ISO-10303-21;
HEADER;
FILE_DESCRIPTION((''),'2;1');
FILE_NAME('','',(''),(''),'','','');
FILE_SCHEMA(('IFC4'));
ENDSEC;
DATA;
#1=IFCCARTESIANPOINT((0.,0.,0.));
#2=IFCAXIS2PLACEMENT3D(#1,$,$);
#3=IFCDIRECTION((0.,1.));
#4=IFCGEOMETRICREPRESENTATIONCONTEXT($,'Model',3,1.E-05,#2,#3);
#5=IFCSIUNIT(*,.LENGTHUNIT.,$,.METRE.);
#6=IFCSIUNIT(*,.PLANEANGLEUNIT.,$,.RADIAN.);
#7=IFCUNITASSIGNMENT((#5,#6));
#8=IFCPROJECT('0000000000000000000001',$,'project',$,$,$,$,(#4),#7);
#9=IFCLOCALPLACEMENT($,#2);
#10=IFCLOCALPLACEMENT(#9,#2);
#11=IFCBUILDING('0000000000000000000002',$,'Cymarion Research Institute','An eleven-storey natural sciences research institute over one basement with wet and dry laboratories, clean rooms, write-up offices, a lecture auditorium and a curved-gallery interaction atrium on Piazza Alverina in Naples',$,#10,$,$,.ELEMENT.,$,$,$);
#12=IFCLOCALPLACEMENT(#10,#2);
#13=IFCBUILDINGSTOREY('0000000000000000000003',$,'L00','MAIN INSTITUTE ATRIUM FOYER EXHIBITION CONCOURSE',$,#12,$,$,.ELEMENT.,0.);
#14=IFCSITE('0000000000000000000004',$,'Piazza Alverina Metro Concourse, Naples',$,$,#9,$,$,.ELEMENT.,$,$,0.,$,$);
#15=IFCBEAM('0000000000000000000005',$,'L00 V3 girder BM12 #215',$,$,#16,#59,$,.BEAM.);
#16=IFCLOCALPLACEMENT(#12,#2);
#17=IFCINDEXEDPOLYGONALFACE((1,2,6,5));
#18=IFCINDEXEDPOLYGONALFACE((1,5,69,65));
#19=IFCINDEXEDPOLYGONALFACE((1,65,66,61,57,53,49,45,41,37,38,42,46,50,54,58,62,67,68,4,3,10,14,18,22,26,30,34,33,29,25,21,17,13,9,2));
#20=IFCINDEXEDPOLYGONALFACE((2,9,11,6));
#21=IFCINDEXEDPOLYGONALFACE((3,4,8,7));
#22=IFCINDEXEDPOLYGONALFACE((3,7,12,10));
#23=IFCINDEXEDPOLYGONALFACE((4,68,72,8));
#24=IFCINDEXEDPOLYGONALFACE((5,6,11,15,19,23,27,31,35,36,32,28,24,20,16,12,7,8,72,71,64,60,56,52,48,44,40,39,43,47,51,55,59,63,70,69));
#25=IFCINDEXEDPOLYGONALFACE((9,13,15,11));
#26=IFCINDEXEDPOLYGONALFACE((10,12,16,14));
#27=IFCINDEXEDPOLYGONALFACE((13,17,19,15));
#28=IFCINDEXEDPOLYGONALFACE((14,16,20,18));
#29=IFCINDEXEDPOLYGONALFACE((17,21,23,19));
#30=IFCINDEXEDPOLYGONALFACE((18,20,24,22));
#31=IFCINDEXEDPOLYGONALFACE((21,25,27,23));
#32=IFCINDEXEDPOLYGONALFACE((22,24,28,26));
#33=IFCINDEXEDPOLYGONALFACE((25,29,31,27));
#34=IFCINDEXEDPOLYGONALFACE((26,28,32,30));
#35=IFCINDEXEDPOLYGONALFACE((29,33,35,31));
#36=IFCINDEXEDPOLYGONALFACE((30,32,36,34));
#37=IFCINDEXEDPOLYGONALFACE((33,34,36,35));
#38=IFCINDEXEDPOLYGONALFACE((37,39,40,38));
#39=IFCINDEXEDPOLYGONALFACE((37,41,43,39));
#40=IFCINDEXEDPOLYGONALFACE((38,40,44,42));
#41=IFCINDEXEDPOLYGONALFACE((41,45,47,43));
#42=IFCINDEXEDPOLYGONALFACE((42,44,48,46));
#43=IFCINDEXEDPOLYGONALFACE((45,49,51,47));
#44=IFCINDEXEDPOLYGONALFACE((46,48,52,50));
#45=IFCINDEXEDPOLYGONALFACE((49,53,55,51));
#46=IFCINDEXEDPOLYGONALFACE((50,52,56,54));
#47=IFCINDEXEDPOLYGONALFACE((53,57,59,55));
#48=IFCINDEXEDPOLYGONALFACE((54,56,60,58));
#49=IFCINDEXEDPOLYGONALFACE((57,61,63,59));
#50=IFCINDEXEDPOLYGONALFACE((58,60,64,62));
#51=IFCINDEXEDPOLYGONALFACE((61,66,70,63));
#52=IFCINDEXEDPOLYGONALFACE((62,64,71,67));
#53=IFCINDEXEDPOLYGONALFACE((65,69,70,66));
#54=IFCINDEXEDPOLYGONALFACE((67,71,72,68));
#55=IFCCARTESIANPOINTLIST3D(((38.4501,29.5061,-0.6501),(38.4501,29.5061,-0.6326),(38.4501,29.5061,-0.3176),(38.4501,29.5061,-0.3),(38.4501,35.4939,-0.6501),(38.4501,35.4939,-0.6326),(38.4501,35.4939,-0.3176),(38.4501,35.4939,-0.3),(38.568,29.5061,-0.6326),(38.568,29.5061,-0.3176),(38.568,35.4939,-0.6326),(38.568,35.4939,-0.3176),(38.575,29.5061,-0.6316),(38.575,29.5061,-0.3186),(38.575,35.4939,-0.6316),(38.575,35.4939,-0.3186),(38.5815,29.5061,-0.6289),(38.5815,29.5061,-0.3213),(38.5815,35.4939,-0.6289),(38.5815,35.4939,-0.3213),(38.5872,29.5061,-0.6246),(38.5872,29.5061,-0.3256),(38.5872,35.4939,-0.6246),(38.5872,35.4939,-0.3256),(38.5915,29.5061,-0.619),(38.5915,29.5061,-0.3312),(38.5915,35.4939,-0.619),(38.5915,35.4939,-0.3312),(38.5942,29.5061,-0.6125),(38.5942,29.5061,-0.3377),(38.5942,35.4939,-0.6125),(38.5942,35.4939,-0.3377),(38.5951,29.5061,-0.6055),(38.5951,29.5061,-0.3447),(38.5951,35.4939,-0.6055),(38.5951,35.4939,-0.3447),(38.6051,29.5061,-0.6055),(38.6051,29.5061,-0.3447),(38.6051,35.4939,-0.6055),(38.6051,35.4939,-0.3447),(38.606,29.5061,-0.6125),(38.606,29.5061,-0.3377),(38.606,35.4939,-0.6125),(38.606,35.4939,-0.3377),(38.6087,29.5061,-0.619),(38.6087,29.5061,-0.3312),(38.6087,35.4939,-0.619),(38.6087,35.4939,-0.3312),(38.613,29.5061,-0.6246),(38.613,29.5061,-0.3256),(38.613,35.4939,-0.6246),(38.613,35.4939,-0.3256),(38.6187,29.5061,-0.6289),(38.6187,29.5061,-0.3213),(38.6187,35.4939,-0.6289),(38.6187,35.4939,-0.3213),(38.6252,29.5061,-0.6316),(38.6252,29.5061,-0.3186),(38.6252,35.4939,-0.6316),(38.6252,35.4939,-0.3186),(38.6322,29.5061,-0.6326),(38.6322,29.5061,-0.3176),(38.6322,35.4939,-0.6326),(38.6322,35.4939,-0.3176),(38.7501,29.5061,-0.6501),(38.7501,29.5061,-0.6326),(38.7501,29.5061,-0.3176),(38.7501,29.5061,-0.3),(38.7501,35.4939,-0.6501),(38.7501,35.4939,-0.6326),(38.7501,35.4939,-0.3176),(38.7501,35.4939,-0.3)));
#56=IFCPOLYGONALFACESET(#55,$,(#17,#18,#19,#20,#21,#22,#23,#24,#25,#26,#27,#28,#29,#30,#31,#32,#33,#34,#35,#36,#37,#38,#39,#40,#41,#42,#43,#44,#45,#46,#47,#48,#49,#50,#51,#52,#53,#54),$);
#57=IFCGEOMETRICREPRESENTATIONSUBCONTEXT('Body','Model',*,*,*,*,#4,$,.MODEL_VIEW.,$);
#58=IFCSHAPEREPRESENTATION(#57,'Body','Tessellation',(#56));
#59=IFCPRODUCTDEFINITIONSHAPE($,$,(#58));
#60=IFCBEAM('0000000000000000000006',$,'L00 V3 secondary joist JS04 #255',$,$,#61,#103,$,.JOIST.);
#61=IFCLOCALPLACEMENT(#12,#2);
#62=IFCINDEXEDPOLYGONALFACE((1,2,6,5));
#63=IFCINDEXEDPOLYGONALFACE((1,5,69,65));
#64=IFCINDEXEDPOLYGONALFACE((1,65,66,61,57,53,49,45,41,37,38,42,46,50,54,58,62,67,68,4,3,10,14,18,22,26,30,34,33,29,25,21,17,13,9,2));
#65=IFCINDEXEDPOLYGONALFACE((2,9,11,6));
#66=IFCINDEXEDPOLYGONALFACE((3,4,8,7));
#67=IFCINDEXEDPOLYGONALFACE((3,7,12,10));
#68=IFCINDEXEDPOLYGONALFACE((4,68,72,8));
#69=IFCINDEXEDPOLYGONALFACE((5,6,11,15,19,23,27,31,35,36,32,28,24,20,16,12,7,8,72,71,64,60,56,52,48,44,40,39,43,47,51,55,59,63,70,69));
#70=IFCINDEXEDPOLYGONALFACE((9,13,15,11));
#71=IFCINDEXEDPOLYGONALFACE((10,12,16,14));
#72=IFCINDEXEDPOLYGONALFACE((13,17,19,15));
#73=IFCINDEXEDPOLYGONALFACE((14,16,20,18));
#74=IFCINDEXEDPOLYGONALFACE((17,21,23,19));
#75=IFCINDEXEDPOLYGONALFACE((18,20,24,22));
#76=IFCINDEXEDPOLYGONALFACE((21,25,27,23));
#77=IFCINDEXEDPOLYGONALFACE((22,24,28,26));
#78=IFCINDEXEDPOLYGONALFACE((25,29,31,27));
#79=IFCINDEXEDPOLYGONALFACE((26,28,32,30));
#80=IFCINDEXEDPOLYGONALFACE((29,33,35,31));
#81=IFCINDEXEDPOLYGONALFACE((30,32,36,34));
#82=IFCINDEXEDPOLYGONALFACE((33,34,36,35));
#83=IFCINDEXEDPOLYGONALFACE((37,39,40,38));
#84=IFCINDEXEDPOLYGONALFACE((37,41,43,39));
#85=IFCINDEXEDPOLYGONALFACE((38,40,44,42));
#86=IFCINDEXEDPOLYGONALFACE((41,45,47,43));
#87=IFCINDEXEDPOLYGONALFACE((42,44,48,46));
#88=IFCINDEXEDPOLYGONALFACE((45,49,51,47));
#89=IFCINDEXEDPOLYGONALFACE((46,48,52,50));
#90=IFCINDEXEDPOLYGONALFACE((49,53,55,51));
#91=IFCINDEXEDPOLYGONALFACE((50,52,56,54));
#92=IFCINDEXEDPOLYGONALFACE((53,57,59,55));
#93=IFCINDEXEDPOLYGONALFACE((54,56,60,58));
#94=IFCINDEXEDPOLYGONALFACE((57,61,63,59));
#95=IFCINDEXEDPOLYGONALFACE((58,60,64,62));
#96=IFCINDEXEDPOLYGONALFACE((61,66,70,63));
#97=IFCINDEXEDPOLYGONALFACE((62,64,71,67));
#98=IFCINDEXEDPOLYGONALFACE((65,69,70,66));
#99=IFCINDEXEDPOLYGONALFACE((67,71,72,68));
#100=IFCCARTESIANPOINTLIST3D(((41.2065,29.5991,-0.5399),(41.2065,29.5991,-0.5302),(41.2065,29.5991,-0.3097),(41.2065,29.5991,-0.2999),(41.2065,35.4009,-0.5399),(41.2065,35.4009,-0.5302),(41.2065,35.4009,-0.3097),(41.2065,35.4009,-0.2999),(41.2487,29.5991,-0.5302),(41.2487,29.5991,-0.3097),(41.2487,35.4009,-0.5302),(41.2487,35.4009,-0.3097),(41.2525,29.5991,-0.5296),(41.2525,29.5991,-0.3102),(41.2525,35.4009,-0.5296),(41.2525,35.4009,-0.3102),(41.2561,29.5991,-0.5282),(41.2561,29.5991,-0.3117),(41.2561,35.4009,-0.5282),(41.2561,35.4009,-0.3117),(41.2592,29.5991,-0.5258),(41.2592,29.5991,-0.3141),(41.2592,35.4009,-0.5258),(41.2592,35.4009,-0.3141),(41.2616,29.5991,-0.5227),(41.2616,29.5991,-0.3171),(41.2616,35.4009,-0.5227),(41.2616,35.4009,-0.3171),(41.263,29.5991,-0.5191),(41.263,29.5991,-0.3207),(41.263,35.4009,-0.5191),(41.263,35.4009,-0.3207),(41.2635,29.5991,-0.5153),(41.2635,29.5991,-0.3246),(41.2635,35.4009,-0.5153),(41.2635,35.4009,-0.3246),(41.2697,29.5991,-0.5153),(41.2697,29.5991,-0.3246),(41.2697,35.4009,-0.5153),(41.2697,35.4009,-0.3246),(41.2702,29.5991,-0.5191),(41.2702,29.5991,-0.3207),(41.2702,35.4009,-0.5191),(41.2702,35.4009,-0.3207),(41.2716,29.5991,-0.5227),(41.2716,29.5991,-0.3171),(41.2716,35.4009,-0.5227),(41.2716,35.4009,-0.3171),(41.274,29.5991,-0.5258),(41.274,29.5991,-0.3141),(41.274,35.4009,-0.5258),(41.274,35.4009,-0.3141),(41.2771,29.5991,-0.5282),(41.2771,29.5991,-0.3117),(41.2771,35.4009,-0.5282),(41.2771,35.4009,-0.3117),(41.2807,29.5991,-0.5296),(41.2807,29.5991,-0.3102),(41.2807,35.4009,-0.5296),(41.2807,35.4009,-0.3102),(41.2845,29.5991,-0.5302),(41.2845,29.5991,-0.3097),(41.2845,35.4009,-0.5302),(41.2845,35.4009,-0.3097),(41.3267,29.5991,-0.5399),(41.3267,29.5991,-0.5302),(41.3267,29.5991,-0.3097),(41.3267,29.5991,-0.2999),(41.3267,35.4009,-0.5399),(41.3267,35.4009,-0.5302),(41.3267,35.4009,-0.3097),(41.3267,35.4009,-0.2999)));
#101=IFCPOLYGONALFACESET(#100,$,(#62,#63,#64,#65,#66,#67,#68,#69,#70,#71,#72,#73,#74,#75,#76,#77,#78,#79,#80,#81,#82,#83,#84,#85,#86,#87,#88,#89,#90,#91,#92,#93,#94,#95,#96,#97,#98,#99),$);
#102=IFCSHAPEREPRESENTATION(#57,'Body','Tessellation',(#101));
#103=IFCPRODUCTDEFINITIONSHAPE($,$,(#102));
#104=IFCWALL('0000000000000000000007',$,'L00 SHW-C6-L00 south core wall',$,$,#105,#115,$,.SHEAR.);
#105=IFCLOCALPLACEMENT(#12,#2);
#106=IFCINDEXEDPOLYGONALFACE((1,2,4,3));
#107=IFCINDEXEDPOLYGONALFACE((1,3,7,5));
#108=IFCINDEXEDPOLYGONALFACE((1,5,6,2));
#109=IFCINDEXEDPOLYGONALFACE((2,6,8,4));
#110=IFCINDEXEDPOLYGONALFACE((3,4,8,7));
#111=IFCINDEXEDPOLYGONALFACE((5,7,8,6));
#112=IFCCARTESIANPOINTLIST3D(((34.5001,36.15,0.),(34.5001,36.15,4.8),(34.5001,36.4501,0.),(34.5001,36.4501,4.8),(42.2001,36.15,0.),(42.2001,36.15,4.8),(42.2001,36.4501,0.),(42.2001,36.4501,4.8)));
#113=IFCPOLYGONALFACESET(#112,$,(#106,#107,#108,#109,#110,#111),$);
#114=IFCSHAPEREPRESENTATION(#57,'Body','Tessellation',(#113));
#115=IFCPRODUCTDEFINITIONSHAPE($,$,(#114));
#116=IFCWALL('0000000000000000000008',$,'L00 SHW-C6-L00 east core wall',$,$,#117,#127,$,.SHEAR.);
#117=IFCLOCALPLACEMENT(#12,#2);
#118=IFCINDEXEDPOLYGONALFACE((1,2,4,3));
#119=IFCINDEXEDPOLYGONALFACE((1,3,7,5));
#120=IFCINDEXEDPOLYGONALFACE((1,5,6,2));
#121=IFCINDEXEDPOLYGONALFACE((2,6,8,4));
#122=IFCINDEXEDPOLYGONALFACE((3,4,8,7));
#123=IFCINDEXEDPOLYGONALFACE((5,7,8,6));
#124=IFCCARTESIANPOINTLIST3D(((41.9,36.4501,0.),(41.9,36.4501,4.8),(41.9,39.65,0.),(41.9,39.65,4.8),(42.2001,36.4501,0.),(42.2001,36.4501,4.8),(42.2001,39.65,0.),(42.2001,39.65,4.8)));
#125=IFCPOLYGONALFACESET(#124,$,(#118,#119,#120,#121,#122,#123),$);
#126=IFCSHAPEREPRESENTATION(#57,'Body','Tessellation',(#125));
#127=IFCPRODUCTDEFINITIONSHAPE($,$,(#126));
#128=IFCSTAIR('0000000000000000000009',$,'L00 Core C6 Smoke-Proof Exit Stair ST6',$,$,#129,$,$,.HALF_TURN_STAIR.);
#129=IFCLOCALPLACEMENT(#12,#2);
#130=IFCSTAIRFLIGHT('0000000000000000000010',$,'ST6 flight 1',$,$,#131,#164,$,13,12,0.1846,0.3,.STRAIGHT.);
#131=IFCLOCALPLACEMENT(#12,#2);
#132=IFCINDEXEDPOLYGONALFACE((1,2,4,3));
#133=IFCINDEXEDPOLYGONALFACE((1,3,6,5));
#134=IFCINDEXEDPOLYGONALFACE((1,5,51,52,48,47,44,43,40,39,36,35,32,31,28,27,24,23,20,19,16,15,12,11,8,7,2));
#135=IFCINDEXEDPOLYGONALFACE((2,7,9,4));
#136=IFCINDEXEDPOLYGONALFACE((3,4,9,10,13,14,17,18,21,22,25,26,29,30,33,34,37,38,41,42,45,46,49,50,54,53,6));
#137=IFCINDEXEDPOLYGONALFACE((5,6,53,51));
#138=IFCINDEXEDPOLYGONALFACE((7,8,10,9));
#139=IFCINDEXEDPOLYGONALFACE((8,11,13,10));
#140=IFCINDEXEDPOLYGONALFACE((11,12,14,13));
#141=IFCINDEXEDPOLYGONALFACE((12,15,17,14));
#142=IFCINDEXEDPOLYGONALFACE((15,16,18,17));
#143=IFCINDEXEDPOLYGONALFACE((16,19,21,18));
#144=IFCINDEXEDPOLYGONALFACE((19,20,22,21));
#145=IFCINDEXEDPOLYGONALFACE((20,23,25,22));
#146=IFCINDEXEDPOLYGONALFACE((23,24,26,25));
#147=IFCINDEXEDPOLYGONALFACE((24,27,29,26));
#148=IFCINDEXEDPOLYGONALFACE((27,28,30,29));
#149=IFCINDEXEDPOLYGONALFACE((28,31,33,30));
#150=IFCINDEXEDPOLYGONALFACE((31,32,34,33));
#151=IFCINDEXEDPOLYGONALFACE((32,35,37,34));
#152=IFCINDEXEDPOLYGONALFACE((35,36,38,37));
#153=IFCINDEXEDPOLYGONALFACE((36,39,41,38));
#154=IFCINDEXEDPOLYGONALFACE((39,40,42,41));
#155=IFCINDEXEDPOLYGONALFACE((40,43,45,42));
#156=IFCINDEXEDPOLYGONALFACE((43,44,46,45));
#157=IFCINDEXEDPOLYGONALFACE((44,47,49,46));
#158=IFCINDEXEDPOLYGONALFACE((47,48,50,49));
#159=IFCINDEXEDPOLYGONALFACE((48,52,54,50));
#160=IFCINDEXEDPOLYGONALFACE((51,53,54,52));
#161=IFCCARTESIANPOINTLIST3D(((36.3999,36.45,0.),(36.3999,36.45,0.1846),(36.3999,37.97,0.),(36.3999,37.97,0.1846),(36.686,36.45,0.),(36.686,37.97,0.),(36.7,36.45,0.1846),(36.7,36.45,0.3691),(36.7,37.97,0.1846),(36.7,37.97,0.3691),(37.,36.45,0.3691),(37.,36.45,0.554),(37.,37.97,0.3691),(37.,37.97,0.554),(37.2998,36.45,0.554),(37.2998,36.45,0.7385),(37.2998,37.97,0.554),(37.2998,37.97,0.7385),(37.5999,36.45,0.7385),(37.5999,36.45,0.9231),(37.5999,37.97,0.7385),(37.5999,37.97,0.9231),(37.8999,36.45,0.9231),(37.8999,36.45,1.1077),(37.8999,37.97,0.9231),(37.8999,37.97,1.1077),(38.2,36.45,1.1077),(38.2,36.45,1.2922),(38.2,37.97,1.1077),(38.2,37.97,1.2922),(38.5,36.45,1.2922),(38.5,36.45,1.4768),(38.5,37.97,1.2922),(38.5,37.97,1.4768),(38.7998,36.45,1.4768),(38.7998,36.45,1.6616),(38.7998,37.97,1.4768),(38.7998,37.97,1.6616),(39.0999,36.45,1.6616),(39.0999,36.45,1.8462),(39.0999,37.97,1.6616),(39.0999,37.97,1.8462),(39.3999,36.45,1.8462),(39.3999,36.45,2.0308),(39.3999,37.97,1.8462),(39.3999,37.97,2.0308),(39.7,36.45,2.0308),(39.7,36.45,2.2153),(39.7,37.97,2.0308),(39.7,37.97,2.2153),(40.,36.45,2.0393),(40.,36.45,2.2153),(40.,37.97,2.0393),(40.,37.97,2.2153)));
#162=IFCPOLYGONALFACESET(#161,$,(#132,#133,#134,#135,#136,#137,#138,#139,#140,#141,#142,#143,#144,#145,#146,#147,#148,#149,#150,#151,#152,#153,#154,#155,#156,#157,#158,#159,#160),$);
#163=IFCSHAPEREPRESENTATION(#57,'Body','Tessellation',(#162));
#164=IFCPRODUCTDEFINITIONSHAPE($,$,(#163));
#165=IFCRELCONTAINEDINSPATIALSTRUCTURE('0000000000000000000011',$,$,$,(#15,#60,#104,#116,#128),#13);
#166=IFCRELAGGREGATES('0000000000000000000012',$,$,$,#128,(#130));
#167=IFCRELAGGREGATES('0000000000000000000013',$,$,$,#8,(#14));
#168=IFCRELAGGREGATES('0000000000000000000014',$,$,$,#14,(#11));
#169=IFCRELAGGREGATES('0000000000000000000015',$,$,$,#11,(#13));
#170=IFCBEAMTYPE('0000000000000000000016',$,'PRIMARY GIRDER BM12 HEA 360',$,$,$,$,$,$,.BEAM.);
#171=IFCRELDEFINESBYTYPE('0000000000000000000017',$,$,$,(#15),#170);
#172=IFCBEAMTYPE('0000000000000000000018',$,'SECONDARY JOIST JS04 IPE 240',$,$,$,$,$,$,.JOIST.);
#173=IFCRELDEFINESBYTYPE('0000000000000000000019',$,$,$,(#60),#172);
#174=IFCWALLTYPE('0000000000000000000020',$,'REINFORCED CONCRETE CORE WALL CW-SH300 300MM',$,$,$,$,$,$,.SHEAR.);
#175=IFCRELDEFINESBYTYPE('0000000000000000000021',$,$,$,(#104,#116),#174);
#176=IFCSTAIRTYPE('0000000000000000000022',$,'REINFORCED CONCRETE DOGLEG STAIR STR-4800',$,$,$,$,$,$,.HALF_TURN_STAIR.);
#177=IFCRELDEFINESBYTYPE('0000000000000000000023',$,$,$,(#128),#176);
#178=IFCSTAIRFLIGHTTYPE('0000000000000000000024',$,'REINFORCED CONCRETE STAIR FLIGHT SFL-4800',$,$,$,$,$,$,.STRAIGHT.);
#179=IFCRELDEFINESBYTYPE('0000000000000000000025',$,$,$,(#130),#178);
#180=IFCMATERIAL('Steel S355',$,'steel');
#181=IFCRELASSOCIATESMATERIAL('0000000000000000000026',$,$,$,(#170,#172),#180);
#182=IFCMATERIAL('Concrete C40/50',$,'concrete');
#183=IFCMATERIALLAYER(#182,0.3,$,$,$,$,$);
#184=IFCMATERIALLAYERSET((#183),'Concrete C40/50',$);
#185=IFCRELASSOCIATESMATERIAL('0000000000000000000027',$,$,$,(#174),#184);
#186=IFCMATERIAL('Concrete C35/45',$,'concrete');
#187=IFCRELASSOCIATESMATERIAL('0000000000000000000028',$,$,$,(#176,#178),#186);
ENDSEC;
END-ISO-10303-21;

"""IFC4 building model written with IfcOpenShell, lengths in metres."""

from ifc_helpers import new_model, si_unit, direction, frame, frame_2d, origin, origin_2d, place, context, subcontext, project, spatial, polyline, rectangle, i_section, outline, extrude, material, layer, layer_set, material_profile, profile_set, type_object, element, aggregate, save


model = new_model("IFC4")

# Units and contexts
model_context = context("Model", 3, precision=1e-05, world=origin(), true_north=direction((0.0, 1.0)))
body_context = subcontext(model_context, "Body", "Model", "MODEL_VIEW")
ifc_project = project(units=[si_unit("LENGTHUNIT", "METRE"), si_unit("PLANEANGLEUNIT", "RADIAN")], contexts=[model_context])

# Site, building, storey
site_placement = place(None, origin())
site = spatial("IfcSite", under=ifc_project, at=site_placement, Name="Piazza Alverina Metro Concourse, Naples", CompositionType="ELEMENT", RefElevation=0.0)
building_placement = place(site_placement, origin())
building = spatial("IfcBuilding", under=site, at=building_placement, Name="Cymarion Research Institute", Description="An eleven-storey natural sciences research institute over one basement with wet and dry laboratories, clean rooms, write-up offices, a lecture auditorium and a curved-gallery interaction atrium on Piazza Alverina in Naples", CompositionType="ELEMENT")
storey_placement = place(building_placement, origin())
storey = spatial("IfcBuildingStorey", under=building, at=storey_placement, Name="L00", Description="MAIN INSTITUTE ATRIUM FOYER EXHIBITION CONCOURSE", CompositionType="ELEMENT", Elevation=0.0)

# Shared definitions
ifc_material_1 = material(Name="Steel S355", Category="steel")

# Beams
ifc_material_profile_1 = material_profile(ifc_material_1, i_section(OverallWidth=0.3, OverallDepth=0.3501, WebThickness=0.01, FlangeThickness=0.0176, FilletRadius=0.0271, at=origin_2d()), Name="HEA 360")
ifc_profile_set_1 = profile_set([ifc_material_profile_1], Name="Steel S355")
beam_type_1 = type_object("IfcBeamType", Name="PRIMARY GIRDER BM12 HEA 360", PredefinedType="BEAM", material=ifc_profile_set_1)
beam_1_placement = place(storey_placement, frame((38.6001, 29.5061, -0.4751), z_axis=(0.0, 1.0, 0.0), x_axis=(-1.0, 0.0, 0.0)))
element("IfcBeam", 1, at=beam_1_placement, inside=storey, type_object=beam_type_1, Name="L00 V3 girder BM12 #215", PredefinedType="BEAM", context=body_context, shape_type="SweptSolid", body=[
    extrude(i_section(OverallWidth=0.3, OverallDepth=0.3501, WebThickness=0.01, FlangeThickness=0.0176, FilletRadius=0.0271, at=origin_2d()), origin(), (0.0, 0.0, 1.0), 5.9878),
])
ifc_material_profile_2 = material_profile(ifc_material_1, i_section(OverallWidth=0.1201, OverallDepth=0.24, WebThickness=0.0061, FlangeThickness=0.0098, FilletRadius=0.0149, at=origin_2d()), Name="IPE 240")
ifc_profile_set_2 = profile_set([ifc_material_profile_2], Name="Steel S355")
beam_type_2 = type_object("IfcBeamType", Name="SECONDARY JOIST JS04 IPE 240", PredefinedType="JOIST", material=ifc_profile_set_2)
beam_2_placement = place(storey_placement, frame((41.2666, 29.5991, -0.4199), z_axis=(0.0, 1.0, 0.0), x_axis=(-1.0, 0.0, 0.0)))
element("IfcBeam", 2, at=beam_2_placement, inside=storey, type_object=beam_type_2, Name="L00 V3 secondary joist JS04 #255", PredefinedType="JOIST", context=body_context, shape_type="SweptSolid", body=[
    extrude(i_section(OverallWidth=0.1201, OverallDepth=0.24, WebThickness=0.0061, FlangeThickness=0.0098, FilletRadius=0.0149, at=origin_2d()), origin(), (0.0, 0.0, 1.0), 5.8018),
])

# Walls
ifc_material_2 = material(Name="Concrete C40/50", Category="concrete")
ifc_layer_1 = layer(ifc_material_2, 0.3)
ifc_layer_set_1 = layer_set([ifc_layer_1], Name="Concrete C40/50")
wall_type = type_object("IfcWallType", Name="REINFORCED CONCRETE CORE WALL CW-SH300 300MM", PredefinedType="SHEAR", material=ifc_layer_set_1)
wall_1_placement = place(storey_placement, frame((34.5, 36.3, 0.0), z_axis=(0.0, 0.0, 1.0), x_axis=(1.0, 0.0, 0.0)))
element("IfcWall", 3, at=wall_1_placement, inside=storey, type_object=wall_type, Name="L00 SHW-C6-L00 south core wall", PredefinedType="SHEAR", context=body_context, shape_type="SweptSolid", body=[
    extrude(rectangle(XDim=7.7, YDim=0.3, at=frame_2d((3.8501, 0.0))), origin(), (0.0, 0.0, 1.0), 4.8),
])
wall_2_placement = place(storey_placement, frame((42.05, 36.45, 0.0), z_axis=(0.0, 0.0, 1.0), x_axis=(0.0, 1.0, 0.0)))
element("IfcWall", 4, at=wall_2_placement, inside=storey, type_object=wall_type, Name="L00 SHW-C6-L00 east core wall", PredefinedType="SHEAR", context=body_context, shape_type="SweptSolid", body=[
    extrude(rectangle(XDim=3.2, YDim=0.3, at=frame_2d((1.6001, 0.0))), origin(), (0.0, 0.0, 1.0), 4.8),
])

# Stair, stair flight
ifc_material_3 = material(Name="Concrete C35/45", Category="concrete")
stair_type = type_object("IfcStairType", Name="REINFORCED CONCRETE DOGLEG STAIR STR-4800", PredefinedType="HALF_TURN_STAIR", material=ifc_material_3)
stair_placement = place(storey_placement, origin())
stair = element("IfcStair", 5, at=stair_placement, inside=storey, type_object=stair_type, Name="L00 Core C6 Smoke-Proof Exit Stair ST6", PredefinedType="HALF_TURN_STAIR")
stair_flight_type = type_object("IfcStairFlightType", Name="REINFORCED CONCRETE STAIR FLIGHT SFL-4800", PredefinedType="STRAIGHT", material=ifc_material_3)
stair_flight_placement = place(storey_placement, frame((36.3999, 37.21, 0.0), z_axis=(0.0, 0.0, 1.0), x_axis=(1.0, 0.0, 0.0)))
stair_flight = element("IfcStairFlight", 6, at=stair_flight_placement, type_object=stair_flight_type, Name="ST6 flight 1", NumberOfRisers=13, NumberOfTreads=12, PredefinedType="STRAIGHT", RiserHeight=0.1846, TreadLength=0.3, context=body_context, shape_type="SweptSolid", body=[
    extrude(outline(polyline([(0.0, 0.0), (0.0, 0.1846), (0.3, 0.1846), (0.3, 0.3691), (0.6001, 0.3691), (0.6001, 0.554), (0.8999, 0.554), (0.8999, 0.7385), (1.2, 0.7385), (1.2, 0.9231), (1.5, 0.9231), (1.5, 1.1077), (1.8, 1.1077), (1.8, 1.2922), (2.1001, 1.2922), (2.1001, 1.4768), (2.3999, 1.4768), (2.3999, 1.6616), (2.7, 1.6616), (2.7, 1.8462), (3.0, 1.8462), (3.0, 2.0308), (3.3, 2.0308), (3.3, 2.2153), (3.6001, 2.2153), (3.6001, 2.3999), (3.6001, 2.0393), (0.2861, 0.0), (0.0, 0.0)])), frame((0.0, 0.76, 0.0), z_axis=(0.0, -1.0, 0.0), x_axis=(1.0, 0.0, 0.0)), (0.0, 0.0, 1.0), 1.52),
])
aggregate(stair, [stair_flight])

save(model, "model.ifc")
